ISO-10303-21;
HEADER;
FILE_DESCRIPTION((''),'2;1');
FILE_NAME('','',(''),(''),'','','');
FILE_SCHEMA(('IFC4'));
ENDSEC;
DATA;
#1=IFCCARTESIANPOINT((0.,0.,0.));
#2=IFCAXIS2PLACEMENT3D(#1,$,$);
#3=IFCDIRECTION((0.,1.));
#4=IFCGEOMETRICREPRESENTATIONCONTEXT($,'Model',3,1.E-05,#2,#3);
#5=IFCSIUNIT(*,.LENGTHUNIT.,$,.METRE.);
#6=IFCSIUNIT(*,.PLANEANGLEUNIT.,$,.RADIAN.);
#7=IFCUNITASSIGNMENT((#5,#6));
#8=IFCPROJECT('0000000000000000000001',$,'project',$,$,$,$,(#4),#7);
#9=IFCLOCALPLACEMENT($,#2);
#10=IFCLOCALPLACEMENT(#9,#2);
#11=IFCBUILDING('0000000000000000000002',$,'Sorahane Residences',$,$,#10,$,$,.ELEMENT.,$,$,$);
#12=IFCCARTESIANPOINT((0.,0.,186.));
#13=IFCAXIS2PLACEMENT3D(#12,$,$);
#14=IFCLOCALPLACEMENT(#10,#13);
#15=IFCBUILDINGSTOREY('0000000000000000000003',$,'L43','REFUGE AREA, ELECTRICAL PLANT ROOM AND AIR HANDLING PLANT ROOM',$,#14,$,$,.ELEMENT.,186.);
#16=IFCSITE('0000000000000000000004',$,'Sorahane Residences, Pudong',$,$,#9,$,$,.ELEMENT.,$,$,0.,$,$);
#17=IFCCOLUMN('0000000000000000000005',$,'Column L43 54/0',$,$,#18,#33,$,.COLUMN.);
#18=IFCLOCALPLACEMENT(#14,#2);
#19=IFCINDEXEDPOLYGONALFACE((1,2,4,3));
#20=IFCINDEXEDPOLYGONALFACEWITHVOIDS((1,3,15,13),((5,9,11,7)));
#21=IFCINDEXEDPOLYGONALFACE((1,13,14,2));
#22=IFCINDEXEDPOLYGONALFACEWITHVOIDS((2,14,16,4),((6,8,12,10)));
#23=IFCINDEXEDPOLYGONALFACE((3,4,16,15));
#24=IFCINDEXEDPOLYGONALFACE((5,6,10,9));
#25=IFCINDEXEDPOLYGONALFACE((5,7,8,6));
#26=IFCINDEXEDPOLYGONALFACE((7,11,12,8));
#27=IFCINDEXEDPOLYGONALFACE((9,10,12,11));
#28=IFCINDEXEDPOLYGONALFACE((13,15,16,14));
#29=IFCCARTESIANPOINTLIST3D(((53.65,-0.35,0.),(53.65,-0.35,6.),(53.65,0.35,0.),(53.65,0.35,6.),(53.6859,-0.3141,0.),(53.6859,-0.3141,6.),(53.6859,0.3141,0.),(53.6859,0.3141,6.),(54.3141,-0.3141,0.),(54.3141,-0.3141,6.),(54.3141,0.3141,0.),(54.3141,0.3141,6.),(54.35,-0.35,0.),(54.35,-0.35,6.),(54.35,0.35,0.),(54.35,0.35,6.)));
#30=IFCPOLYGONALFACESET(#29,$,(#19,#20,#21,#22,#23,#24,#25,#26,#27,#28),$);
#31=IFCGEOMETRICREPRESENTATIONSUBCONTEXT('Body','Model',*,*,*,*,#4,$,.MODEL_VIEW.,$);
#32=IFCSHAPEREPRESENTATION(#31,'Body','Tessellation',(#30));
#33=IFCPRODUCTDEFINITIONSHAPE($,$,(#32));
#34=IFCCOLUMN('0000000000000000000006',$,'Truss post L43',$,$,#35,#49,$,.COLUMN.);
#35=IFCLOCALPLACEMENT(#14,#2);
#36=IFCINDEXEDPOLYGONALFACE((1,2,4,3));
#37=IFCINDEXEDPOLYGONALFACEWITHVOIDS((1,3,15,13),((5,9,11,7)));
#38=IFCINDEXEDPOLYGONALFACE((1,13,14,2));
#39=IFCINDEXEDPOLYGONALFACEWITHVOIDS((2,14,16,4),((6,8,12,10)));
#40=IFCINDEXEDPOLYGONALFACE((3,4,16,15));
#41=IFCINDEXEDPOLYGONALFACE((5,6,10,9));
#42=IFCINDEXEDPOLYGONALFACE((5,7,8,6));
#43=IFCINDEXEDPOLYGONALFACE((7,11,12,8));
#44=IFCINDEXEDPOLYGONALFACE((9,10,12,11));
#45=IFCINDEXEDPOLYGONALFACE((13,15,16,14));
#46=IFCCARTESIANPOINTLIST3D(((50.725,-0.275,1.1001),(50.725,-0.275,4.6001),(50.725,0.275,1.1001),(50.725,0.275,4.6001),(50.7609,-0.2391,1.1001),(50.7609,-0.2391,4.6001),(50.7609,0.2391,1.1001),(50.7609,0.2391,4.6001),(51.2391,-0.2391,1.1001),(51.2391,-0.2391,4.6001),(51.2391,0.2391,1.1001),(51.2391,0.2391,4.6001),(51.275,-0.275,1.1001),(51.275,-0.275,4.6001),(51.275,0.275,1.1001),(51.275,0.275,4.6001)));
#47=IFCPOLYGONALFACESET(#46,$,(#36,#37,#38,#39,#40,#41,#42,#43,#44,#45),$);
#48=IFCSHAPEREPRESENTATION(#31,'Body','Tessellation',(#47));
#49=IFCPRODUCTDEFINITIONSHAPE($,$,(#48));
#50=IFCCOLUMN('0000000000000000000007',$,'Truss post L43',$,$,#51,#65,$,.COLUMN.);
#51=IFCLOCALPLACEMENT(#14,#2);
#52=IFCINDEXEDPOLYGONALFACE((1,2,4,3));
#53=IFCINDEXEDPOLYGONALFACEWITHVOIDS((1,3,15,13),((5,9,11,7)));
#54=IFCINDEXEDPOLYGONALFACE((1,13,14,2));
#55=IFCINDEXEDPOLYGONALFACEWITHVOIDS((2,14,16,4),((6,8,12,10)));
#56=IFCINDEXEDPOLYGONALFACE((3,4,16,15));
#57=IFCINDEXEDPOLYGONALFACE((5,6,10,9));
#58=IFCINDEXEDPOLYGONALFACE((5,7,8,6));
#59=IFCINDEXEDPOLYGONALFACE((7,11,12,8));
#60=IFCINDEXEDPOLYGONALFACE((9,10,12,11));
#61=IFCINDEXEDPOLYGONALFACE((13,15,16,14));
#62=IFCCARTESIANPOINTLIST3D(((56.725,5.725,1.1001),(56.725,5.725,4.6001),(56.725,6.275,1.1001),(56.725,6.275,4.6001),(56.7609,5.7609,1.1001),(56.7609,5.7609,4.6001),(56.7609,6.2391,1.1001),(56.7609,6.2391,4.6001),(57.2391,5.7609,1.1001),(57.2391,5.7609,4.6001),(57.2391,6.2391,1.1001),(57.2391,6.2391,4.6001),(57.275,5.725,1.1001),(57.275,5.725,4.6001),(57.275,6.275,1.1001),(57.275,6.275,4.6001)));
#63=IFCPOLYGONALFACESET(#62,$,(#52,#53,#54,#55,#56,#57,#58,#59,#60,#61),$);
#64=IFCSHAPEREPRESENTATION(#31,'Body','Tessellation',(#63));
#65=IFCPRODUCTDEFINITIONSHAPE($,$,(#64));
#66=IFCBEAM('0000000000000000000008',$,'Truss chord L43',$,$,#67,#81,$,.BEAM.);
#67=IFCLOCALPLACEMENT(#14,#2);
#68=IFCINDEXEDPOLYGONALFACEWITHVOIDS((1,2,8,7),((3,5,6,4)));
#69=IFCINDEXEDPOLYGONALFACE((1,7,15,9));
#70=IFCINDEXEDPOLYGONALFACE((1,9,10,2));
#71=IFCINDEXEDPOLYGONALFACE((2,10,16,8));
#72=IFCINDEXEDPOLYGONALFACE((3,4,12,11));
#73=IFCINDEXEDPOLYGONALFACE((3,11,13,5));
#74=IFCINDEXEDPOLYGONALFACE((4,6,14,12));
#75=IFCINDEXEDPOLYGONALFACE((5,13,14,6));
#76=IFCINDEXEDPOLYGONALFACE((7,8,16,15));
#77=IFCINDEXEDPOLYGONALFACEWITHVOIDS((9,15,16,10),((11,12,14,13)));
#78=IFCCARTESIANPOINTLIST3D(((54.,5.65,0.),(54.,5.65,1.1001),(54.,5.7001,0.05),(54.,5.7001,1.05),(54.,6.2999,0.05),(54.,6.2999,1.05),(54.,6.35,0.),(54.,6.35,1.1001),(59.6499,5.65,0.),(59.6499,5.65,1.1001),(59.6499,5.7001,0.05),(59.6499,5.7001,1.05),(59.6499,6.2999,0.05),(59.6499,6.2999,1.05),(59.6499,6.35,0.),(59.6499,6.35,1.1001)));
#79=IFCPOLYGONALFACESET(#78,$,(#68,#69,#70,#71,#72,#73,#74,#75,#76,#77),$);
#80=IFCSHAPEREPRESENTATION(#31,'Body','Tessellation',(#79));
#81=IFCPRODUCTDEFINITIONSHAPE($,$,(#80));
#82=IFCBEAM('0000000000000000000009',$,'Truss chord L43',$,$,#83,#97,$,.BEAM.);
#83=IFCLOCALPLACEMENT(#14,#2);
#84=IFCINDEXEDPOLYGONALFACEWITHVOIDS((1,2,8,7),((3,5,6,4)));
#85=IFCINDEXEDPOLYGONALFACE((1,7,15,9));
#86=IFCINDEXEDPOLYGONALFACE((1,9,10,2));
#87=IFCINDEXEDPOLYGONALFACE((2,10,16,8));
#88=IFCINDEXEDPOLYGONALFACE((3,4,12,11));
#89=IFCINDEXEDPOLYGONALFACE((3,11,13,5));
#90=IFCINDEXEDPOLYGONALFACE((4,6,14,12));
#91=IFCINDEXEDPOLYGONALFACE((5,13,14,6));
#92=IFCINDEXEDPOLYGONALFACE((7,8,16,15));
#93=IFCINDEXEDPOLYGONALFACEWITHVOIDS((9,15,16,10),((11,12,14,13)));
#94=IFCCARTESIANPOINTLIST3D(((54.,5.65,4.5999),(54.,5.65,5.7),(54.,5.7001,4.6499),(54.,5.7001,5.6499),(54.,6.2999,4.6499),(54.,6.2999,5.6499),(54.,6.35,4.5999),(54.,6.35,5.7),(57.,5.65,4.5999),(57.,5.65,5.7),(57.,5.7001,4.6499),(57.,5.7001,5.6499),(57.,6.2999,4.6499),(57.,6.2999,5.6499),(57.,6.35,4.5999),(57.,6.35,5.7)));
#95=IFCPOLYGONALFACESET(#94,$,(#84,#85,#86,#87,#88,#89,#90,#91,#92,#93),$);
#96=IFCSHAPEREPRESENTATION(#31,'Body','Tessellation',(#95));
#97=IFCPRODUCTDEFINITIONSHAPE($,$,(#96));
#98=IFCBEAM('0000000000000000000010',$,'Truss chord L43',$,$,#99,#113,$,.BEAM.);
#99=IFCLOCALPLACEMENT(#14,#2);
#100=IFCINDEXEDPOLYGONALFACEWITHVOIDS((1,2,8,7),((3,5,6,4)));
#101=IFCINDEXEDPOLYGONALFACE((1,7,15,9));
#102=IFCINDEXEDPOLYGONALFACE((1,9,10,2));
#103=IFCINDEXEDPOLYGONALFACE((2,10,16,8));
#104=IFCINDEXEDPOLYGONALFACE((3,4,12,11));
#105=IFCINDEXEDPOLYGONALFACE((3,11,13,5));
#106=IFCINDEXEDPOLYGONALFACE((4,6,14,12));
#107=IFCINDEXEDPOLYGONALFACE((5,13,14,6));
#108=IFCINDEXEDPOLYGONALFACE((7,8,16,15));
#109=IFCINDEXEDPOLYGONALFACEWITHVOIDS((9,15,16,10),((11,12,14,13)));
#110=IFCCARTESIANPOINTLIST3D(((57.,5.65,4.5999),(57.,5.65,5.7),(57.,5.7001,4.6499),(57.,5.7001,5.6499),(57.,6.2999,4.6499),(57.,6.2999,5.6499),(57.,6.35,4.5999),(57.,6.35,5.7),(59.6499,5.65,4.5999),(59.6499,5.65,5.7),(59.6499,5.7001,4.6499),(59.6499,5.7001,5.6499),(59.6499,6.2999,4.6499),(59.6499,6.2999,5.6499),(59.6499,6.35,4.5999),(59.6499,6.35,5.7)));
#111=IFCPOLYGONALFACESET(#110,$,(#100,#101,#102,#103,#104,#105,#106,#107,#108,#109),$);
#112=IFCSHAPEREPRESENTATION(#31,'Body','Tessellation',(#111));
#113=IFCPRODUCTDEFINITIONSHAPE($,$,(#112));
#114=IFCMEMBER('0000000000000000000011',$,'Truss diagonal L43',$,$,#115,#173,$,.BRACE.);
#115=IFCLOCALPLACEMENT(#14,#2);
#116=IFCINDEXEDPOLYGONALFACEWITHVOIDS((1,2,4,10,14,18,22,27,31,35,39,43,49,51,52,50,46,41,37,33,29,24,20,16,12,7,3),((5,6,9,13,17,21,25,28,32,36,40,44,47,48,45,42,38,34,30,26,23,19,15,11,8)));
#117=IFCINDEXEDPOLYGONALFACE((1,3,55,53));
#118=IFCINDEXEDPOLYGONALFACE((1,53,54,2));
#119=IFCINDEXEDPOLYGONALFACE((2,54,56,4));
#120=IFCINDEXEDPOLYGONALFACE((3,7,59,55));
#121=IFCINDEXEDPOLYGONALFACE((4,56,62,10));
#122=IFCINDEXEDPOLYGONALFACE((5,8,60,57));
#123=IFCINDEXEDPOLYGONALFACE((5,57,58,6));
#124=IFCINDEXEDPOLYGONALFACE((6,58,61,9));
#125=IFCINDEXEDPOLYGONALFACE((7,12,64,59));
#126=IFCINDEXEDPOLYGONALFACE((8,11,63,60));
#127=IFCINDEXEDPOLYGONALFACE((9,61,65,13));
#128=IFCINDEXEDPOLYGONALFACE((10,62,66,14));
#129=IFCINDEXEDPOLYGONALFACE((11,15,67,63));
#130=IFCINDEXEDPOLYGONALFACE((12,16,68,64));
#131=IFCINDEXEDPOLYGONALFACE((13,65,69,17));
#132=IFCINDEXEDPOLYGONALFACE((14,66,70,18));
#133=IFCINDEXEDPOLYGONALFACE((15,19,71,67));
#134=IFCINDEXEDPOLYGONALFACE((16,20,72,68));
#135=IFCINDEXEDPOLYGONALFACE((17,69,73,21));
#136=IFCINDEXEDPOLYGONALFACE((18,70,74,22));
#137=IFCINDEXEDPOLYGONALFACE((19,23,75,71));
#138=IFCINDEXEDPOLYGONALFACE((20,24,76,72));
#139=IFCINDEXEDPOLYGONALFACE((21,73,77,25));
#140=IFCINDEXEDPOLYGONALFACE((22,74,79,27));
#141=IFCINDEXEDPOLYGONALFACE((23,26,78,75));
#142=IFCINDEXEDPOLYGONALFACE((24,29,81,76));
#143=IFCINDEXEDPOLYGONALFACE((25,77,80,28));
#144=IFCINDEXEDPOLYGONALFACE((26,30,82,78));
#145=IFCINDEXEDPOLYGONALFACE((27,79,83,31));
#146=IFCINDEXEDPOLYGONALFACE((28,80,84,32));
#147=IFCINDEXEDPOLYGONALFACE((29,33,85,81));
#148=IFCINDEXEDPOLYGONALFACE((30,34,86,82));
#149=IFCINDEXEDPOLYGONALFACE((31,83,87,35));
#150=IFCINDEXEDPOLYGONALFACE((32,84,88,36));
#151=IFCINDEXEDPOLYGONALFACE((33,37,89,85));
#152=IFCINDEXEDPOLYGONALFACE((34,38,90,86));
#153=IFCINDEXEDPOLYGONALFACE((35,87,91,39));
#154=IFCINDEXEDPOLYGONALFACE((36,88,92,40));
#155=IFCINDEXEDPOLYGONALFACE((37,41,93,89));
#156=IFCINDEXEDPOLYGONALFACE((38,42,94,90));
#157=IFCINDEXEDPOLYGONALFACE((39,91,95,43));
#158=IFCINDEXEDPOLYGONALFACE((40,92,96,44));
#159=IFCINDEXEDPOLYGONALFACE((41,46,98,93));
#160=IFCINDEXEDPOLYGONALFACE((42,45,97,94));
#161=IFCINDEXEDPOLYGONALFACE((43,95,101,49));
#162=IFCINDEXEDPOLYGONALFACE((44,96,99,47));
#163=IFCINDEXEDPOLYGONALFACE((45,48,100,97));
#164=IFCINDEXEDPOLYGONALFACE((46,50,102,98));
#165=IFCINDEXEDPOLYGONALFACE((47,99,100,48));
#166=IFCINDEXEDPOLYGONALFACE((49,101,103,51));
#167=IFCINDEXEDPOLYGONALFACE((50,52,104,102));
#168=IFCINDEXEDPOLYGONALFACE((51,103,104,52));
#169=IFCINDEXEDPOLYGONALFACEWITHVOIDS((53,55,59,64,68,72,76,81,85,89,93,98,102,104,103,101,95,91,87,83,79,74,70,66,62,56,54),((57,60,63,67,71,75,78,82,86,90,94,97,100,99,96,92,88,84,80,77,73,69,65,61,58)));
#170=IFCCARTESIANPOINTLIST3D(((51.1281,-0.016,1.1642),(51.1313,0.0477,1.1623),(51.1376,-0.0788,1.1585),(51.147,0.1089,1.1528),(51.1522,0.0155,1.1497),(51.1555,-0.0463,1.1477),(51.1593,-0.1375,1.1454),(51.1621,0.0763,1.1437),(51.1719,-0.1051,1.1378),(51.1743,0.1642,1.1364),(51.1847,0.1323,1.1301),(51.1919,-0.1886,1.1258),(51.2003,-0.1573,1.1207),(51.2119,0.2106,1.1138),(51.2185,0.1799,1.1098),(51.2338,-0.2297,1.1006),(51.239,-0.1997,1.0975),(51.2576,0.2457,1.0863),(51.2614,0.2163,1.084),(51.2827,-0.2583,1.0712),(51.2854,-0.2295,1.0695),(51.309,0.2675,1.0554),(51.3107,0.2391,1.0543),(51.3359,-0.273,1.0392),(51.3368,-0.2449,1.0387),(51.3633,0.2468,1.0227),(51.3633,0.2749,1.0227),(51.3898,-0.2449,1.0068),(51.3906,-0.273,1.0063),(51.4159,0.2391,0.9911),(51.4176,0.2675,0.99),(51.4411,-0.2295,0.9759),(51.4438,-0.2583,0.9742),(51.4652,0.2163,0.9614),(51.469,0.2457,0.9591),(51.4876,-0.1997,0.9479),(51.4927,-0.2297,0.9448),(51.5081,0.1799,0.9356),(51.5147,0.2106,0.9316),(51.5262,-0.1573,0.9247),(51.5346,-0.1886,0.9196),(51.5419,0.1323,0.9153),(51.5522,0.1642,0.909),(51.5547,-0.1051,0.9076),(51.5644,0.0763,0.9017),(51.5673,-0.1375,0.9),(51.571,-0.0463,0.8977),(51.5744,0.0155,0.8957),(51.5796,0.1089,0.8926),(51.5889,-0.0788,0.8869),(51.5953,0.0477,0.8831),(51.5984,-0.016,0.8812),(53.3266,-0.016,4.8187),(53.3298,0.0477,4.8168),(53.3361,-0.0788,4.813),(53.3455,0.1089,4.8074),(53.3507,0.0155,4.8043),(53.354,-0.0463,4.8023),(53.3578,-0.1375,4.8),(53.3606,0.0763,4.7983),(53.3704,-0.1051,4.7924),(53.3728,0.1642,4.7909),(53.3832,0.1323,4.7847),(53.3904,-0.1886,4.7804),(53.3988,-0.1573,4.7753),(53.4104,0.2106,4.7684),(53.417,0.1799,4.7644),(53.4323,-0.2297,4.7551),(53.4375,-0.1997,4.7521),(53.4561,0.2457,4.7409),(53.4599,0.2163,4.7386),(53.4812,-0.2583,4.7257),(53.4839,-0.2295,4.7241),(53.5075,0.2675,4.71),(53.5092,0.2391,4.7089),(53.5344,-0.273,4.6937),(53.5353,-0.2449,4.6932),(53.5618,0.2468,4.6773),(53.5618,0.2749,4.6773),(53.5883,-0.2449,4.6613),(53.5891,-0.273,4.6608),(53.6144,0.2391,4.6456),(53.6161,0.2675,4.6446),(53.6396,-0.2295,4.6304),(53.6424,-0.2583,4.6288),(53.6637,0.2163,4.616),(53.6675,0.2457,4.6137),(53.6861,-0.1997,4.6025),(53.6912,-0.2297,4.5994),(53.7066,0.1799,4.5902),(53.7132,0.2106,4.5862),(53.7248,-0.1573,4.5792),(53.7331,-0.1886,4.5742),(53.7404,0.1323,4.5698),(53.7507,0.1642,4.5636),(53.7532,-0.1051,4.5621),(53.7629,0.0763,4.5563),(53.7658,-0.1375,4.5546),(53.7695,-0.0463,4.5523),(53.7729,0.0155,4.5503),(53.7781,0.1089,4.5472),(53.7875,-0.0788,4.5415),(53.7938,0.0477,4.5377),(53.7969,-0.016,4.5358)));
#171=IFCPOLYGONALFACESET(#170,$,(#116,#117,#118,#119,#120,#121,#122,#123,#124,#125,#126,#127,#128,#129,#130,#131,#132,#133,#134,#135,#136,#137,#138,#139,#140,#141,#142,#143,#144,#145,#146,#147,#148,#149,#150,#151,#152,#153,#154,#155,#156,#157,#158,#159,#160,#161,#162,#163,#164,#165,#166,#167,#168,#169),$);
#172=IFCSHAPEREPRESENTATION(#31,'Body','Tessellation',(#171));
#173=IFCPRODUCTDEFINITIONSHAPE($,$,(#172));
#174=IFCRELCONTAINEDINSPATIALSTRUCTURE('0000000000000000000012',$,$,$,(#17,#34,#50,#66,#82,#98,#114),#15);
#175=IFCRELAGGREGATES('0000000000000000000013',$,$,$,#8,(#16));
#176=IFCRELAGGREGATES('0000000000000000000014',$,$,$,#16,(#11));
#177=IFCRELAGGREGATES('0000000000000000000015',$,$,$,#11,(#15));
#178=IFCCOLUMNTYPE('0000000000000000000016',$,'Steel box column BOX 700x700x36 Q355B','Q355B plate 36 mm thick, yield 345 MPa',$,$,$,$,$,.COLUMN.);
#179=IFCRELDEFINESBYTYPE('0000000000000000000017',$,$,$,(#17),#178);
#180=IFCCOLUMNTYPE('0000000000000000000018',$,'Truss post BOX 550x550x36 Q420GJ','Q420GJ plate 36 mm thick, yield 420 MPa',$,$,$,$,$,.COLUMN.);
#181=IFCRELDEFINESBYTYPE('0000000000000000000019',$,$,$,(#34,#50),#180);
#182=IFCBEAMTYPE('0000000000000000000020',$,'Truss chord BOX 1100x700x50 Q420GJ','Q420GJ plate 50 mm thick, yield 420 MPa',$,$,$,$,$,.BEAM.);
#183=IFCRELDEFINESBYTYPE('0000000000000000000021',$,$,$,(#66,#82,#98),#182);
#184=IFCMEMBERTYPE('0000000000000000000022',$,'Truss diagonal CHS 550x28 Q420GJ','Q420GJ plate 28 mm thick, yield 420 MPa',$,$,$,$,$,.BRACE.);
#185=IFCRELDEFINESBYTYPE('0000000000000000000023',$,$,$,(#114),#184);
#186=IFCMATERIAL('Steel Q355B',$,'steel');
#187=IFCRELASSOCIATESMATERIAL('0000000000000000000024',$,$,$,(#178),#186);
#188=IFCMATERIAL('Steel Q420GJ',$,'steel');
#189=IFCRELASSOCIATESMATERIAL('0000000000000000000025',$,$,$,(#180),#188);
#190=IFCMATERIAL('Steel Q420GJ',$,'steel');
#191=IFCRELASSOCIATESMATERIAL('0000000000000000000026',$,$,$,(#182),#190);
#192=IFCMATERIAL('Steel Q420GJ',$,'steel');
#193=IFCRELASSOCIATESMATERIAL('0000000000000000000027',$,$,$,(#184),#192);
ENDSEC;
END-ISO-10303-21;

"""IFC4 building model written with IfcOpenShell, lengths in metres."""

from ifc_helpers import new_model, si_unit, direction, frame, origin, origin_2d, place, context, subcontext, project, spatial, hollow_rectangle, hollow_circle, extrude, material, material_profile, profile_set, type_object, element, save


model = new_model("IFC4")

# Units and contexts
model_context = context("Model", 3, precision=1e-05, world=origin(), true_north=direction((0.0, 1.0)))
body_context = subcontext(model_context, "Body", "Model", "MODEL_VIEW")
ifc_project = project(units=[si_unit("LENGTHUNIT", "METRE"), si_unit("PLANEANGLEUNIT", "RADIAN")], contexts=[model_context])

# Site, building, storey
site_placement = place(None, origin())
site = spatial("IfcSite", under=ifc_project, at=site_placement, Name="Sorahane Residences, Pudong", CompositionType="ELEMENT", RefElevation=0.0)
building_placement = place(site_placement, origin())
building = spatial("IfcBuilding", under=site, at=building_placement, Name="Sorahane Residences", CompositionType="ELEMENT")
storey_placement = place(building_placement, frame((0.0, 0.0, 186.0)))
storey = spatial("IfcBuildingStorey", under=building, at=storey_placement, Name="L43", Description="REFUGE AREA, ELECTRICAL PLANT ROOM AND AIR HANDLING PLANT ROOM", CompositionType="ELEMENT", Elevation=186.0)

# Columns
ifc_material_1 = material(Name="Steel Q355B", Category="steel")
ifc_material_profile_1 = material_profile(ifc_material_1, hollow_rectangle(XDim=0.7, YDim=0.7, WallThickness=0.0359, at=origin_2d()), Name="BOX 700x700x36")
ifc_profile_set_1 = profile_set([ifc_material_profile_1], Name="Steel Q355B")
column_type_1 = type_object("IfcColumnType", Name="Steel box column BOX 700x700x36 Q355B", Description="Q355B plate 36 mm thick, yield 345 MPa", PredefinedType="COLUMN", material=ifc_profile_set_1)
column_placement = place(storey_placement, frame((54.0, 0.0, 0.0), z_axis=(0.0, 0.0, 1.0), x_axis=(1.0, 0.0, 0.0)))
element("IfcColumn", 1, at=column_placement, inside=storey, type_object=column_type_1, Name="Column L43 54/0", PredefinedType="COLUMN", context=body_context, shape_type="SweptSolid", body=[
    extrude(hollow_rectangle(XDim=0.7, YDim=0.7, WallThickness=0.0359, at=origin_2d()), origin(), (0.0, 0.0, 1.0), 6.0),
])
ifc_material_2 = material(Name="Steel Q420GJ", Category="steel")
ifc_material_profile_2 = material_profile(ifc_material_2, hollow_rectangle(XDim=0.55, YDim=0.55, WallThickness=0.0359, at=origin_2d()), Name="BOX 550x550x36")
ifc_profile_set_2 = profile_set([ifc_material_profile_2], Name="Steel Q420GJ")
column_type_2 = type_object("IfcColumnType", Name="Truss post BOX 550x550x36 Q420GJ", Description="Q420GJ plate 36 mm thick, yield 420 MPa", PredefinedType="COLUMN", material=ifc_profile_set_2)
for number, where, z_axis, x_axis, name in (
    (2, (51.0, 0.0, 1.1001), (0.0, 0.0, 1.0), (1.0, 0.0, 0.0), "Truss post L43"),
    (3, (57.0, 6.0, 1.1001), (0.0, 0.0, 1.0), (1.0, 0.0, 0.0), "Truss post L43"),
):
    element("IfcColumn", number, at=place(storey_placement, frame(where, z_axis=z_axis, x_axis=x_axis)), inside=storey, type_object=column_type_2, Name=name, PredefinedType="COLUMN", context=body_context, shape_type="SweptSolid", body=[
        extrude(hollow_rectangle(XDim=0.55, YDim=0.55, WallThickness=0.0359, at=origin_2d()), origin(), (0.0, 0.0, 1.0), 3.5),
    ])

# Beams
ifc_material_3 = material(Name="Steel Q420GJ", Category="steel")
ifc_material_profile_3 = material_profile(ifc_material_3, hollow_rectangle(XDim=0.7, YDim=1.1001, WallThickness=0.05, at=origin_2d()), Name="BOX 1100x700x50")
ifc_profile_set_3 = profile_set([ifc_material_profile_3], Name="Steel Q420GJ")
beam_type = type_object("IfcBeamType", Name="Truss chord BOX 1100x700x50 Q420GJ", Description="Q420GJ plate 50 mm thick, yield 420 MPa", PredefinedType="BEAM", material=ifc_profile_set_3)
beam_1_placement = place(storey_placement, frame((54.0, 6.0, 0.55), z_axis=(1.0, 0.0, 0.0), x_axis=(0.0, 1.0, 0.0)))
element("IfcBeam", 4, at=beam_1_placement, inside=storey, type_object=beam_type, Name="Truss chord L43", PredefinedType="BEAM", context=body_context, shape_type="SweptSolid", body=[
    extrude(hollow_rectangle(XDim=0.7, YDim=1.1001, WallThickness=0.05, at=origin_2d()), origin(), (0.0, 0.0, 1.0), 5.6499),
])
beam_2_placement = place(storey_placement, frame((54.0, 6.0, 5.1499), z_axis=(1.0, 0.0, 0.0), x_axis=(0.0, 1.0, 0.0)))
element("IfcBeam", 5, at=beam_2_placement, inside=storey, type_object=beam_type, Name="Truss chord L43", PredefinedType="BEAM", context=body_context, shape_type="SweptSolid", body=[
    extrude(hollow_rectangle(XDim=0.7, YDim=1.1001, WallThickness=0.05, at=origin_2d()), origin(), (0.0, 0.0, 1.0), 3.0),
])
beam_3_placement = place(storey_placement, frame((57.0, 6.0, 5.1499), z_axis=(1.0, 0.0, 0.0), x_axis=(0.0, 1.0, 0.0)))
element("IfcBeam", 6, at=beam_3_placement, inside=storey, type_object=beam_type, Name="Truss chord L43", PredefinedType="BEAM", context=body_context, shape_type="SweptSolid", body=[
    extrude(hollow_rectangle(XDim=0.7, YDim=1.1001, WallThickness=0.05, at=origin_2d()), origin(), (0.0, 0.0, 1.0), 2.6499),
])

# Member
ifc_material_4 = material(Name="Steel Q420GJ", Category="steel")
ifc_material_profile_4 = material_profile(ifc_material_4, hollow_circle(Radius=0.2749, WallThickness=0.0281, at=origin_2d()), Name="CHS 550x28")
ifc_profile_set_4 = profile_set([ifc_material_profile_4], Name="Steel Q420GJ")
member_type = type_object("IfcMemberType", Name="Truss diagonal CHS 550x28 Q420GJ", Description="Q420GJ plate 28 mm thick, yield 420 MPa", PredefinedType="BRACE", material=ifc_profile_set_4)
member_1_placement = place(storey_placement, frame((51.3633, 0.0, 1.0227), z_axis=(0.515489, 0.0, 0.856896), x_axis=(0.0, 1.0, 0.0)))
element("IfcMember", 7, at=member_1_placement, inside=storey, type_object=member_type, Name="Truss diagonal L43", PredefinedType="BRACE", context=body_context, shape_type="SweptSolid", body=[
    extrude(hollow_circle(Radius=0.2749, WallThickness=0.0281, at=origin_2d()), origin(), (0.0, 0.0, 1.0), 4.2649),
])

save(model, "model.ifc")
